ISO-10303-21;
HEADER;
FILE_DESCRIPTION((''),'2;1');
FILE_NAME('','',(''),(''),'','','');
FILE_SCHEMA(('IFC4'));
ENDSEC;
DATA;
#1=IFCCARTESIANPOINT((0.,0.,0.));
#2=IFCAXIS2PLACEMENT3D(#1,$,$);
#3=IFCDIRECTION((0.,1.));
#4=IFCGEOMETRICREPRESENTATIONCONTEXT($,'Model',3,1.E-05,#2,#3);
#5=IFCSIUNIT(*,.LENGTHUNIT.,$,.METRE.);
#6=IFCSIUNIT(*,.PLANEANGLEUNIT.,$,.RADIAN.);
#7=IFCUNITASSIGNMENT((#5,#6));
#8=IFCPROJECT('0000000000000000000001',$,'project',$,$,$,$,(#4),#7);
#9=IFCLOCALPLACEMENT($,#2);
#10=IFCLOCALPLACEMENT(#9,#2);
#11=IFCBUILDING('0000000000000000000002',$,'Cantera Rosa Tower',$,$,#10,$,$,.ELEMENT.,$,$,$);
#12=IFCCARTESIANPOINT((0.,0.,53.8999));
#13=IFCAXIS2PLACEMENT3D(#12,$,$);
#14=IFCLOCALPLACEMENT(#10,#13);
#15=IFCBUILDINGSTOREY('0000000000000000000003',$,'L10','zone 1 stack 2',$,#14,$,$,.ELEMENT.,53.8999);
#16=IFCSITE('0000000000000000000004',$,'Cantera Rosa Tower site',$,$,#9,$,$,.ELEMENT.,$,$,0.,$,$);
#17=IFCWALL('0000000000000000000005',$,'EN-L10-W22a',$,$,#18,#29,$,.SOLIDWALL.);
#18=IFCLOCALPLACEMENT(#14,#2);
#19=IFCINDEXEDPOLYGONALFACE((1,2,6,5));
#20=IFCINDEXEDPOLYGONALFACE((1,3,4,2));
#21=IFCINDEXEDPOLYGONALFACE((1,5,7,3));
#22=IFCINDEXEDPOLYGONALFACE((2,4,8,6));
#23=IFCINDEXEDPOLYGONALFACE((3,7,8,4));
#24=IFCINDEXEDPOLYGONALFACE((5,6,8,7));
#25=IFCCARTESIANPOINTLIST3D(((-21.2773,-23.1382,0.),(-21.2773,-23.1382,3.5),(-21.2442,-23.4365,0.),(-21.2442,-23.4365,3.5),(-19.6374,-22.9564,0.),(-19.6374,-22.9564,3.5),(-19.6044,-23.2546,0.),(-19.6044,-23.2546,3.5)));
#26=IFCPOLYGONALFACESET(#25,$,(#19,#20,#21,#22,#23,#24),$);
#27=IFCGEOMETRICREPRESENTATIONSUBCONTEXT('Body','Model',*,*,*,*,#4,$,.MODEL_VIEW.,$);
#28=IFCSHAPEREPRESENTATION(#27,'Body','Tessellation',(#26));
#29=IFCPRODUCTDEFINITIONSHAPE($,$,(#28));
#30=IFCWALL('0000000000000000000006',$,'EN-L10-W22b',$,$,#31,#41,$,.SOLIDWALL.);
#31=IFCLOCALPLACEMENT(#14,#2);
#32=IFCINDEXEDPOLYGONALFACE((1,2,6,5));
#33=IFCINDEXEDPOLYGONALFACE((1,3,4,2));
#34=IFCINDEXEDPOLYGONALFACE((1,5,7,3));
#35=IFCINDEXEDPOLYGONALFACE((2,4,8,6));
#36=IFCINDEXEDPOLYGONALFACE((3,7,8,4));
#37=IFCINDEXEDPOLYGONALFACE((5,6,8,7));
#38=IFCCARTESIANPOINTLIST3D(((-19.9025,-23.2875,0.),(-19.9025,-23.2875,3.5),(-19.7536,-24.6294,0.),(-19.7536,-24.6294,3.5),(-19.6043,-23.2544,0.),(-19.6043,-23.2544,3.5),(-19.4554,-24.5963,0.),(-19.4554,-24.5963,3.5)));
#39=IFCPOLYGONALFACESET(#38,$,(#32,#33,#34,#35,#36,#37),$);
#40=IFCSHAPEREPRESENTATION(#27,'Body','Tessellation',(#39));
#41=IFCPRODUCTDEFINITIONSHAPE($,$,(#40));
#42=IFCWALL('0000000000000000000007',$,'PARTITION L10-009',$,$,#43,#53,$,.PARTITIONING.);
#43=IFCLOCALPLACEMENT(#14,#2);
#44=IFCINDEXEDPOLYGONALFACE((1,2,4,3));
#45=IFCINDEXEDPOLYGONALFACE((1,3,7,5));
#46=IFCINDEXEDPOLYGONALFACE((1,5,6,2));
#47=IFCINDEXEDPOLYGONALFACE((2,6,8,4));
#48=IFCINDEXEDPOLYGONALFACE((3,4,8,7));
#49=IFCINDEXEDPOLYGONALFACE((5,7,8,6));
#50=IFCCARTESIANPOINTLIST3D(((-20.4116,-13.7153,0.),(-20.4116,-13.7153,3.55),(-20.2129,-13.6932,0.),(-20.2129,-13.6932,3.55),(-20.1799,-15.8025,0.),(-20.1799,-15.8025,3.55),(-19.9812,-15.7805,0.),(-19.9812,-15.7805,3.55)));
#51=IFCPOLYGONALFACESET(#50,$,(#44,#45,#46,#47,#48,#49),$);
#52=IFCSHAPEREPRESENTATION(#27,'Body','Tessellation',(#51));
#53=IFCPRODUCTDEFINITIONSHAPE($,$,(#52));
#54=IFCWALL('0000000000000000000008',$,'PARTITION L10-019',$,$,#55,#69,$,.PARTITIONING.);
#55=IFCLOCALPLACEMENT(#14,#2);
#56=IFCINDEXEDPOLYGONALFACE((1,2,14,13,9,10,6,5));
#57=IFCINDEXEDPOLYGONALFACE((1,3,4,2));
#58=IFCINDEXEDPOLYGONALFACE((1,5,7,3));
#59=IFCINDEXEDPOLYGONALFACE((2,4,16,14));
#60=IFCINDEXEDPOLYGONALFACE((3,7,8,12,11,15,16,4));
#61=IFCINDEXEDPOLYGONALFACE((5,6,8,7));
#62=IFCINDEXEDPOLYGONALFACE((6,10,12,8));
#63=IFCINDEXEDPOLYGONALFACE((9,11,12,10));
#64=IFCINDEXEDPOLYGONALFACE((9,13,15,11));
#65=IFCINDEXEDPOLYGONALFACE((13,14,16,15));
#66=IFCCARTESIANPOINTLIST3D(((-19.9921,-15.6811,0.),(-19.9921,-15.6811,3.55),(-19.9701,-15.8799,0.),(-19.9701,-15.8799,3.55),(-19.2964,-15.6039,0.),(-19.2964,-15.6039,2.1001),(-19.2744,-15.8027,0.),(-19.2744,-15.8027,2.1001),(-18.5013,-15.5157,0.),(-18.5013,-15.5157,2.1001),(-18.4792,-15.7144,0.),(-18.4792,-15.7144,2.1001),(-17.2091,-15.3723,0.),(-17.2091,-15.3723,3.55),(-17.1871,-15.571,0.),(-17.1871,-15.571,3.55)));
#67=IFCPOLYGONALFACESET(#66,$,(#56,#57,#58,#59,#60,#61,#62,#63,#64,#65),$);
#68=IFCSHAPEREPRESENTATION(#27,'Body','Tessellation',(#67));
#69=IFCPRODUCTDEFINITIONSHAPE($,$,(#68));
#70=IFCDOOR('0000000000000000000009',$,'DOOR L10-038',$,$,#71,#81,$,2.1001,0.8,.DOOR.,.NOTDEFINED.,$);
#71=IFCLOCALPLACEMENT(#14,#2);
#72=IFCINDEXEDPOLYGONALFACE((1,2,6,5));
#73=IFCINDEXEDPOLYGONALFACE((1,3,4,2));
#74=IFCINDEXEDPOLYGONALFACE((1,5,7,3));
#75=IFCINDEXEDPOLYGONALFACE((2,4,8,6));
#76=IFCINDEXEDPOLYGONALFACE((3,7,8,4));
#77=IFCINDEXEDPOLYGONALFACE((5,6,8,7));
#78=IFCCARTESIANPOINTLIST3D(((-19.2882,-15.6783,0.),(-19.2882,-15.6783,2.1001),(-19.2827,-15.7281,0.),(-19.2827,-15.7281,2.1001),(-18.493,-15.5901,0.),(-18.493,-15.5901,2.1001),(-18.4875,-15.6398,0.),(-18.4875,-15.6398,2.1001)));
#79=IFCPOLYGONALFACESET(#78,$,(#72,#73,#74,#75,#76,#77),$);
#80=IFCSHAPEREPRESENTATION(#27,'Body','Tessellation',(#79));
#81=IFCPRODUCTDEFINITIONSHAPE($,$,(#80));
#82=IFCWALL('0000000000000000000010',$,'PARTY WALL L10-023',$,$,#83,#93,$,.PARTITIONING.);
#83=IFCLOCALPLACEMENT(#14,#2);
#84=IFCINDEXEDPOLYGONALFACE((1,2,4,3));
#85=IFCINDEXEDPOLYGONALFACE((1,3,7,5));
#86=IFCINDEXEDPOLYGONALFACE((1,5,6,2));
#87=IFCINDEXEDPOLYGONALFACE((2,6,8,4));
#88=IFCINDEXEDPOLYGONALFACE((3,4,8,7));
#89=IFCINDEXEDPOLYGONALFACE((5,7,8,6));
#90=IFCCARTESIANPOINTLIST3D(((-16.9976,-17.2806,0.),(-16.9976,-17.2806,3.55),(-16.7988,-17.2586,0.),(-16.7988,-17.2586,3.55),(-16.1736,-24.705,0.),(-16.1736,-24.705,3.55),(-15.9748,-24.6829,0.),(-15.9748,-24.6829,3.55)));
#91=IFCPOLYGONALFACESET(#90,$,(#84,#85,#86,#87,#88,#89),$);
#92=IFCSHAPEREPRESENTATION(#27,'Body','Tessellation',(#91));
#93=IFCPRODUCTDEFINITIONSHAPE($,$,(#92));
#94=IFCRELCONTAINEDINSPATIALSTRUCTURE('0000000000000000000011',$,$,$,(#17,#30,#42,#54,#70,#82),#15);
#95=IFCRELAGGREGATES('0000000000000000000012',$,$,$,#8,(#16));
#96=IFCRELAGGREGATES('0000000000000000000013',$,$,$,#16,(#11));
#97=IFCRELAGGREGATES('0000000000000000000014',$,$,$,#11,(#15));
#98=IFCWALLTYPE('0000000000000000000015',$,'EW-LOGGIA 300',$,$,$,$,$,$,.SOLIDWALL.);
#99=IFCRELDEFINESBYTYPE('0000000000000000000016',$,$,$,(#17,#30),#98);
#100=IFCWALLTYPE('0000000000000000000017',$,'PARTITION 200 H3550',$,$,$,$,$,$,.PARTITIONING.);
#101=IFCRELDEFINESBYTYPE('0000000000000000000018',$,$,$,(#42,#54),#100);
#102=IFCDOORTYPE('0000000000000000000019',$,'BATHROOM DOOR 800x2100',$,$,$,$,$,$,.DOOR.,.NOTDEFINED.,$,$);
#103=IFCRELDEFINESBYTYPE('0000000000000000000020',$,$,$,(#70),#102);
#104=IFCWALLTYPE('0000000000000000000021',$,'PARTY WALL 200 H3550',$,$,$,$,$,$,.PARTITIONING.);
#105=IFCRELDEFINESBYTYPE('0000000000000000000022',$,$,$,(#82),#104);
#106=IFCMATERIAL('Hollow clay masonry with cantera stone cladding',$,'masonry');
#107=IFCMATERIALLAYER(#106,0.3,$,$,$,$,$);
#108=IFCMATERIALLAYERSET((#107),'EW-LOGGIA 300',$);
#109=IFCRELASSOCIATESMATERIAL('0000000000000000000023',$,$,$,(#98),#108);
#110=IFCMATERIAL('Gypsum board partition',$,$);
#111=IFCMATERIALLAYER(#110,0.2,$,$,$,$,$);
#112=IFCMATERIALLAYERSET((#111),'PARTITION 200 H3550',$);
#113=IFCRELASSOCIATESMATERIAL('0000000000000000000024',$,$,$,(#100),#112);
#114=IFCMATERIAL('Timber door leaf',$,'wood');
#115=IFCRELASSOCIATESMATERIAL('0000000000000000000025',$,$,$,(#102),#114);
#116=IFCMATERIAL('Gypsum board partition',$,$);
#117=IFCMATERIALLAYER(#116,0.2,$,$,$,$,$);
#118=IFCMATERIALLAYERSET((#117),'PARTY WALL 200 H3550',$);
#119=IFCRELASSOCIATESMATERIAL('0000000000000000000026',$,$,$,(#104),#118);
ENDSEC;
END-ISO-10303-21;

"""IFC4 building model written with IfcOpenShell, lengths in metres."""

from ifc_helpers import new_model, si_unit, direction, frame, frame_2d, origin, place, context, subcontext, project, spatial, rectangle, extrude, material, layer, layer_set, type_object, element, fill, save


model = new_model("IFC4")

# Units and contexts
model_context = context("Model", 3, precision=1e-05, world=origin(), true_north=direction((0.0, 1.0)))
body_context = subcontext(model_context, "Body", "Model", "MODEL_VIEW")
ifc_project = project(units=[si_unit("LENGTHUNIT", "METRE"), si_unit("PLANEANGLEUNIT", "RADIAN")], contexts=[model_context])

# Site, building, storey
site_placement = place(None, origin())
site = spatial("IfcSite", under=ifc_project, at=site_placement, Name="Cantera Rosa Tower site", CompositionType="ELEMENT", RefElevation=0.0)
building_placement = place(site_placement, origin())
building = spatial("IfcBuilding", under=site, at=building_placement, Name="Cantera Rosa Tower", CompositionType="ELEMENT")
storey_placement = place(building_placement, frame((0.0, 0.0, 53.8999)))
storey = spatial("IfcBuildingStorey", under=building, at=storey_placement, Name="L10", Description="zone 1 stack 2", CompositionType="ELEMENT", Elevation=53.8999)

# Walls
ifc_material_1 = material(Name="Hollow clay masonry with cantera stone cladding", Category="masonry")
ifc_layer_1 = layer(ifc_material_1, 0.3)
ifc_layer_set_1 = layer_set([ifc_layer_1], Name="EW-LOGGIA 300")
wall_type_1 = type_object("IfcWallType", Name="EW-LOGGIA 300", PredefinedType="SOLIDWALL", material=ifc_layer_set_1)
wall_1_placement = place(storey_placement, frame((-21.2607, -23.2874, 0.0), z_axis=(0.0, 0.0, 1.0), x_axis=(0.993905, 0.110237, 0.0)))
element("IfcWall", 1, at=wall_1_placement, inside=storey, type_object=wall_type_1, Name="EN-L10-W22a", PredefinedType="SOLIDWALL", context=body_context, shape_type="SweptSolid", body=[
    extrude(rectangle(XDim=1.6499, YDim=0.3, at=frame_2d((0.825, 0.0))), origin(), (0.0, 0.0, 1.0), 3.5),
])
wall_2_placement = place(storey_placement, frame((-19.7534, -23.271, 0.0), z_axis=(0.0, 0.0, 1.0), x_axis=(0.110312, -0.993897, 0.0)))
element("IfcWall", 2, at=wall_2_placement, inside=storey, type_object=wall_type_1, Name="EN-L10-W22b", PredefinedType="SOLIDWALL", context=body_context, shape_type="SweptSolid", body=[
    extrude(rectangle(XDim=1.3501, YDim=0.3, at=frame_2d((0.675, 0.0))), origin(), (0.0, 0.0, 1.0), 3.5),
])

# Wall
ifc_material_2 = material(Name="Gypsum board partition")
ifc_layer_2 = layer(ifc_material_2, 0.2)
ifc_layer_set_2 = layer_set([ifc_layer_2], Name="PARTITION 200 H3550")
wall_type_2 = type_object("IfcWallType", Name="PARTITION 200 H3550", PredefinedType="PARTITIONING", material=ifc_layer_set_2)
wall_3_placement = place(storey_placement, frame((-20.0806, -15.7915, 0.0), z_axis=(0.0, 0.0, 1.0), x_axis=(-0.110329, 0.993895, 0.0)))
element("IfcWall", 3, at=wall_3_placement, inside=storey, type_object=wall_type_2, Name="PARTITION L10-009", PredefinedType="PARTITIONING", context=body_context, shape_type="SweptSolid", body=[
    extrude(rectangle(XDim=2.1001, YDim=0.2, at=frame_2d((1.05, 0.0))), origin(), (0.0, 0.0, 1.0), 3.55),
])

# Wall, opening, door
wall_4_placement = place(storey_placement, frame((-17.1982, -15.4717, 0.0), z_axis=(0.0, 0.0, 1.0), x_axis=(-0.993899, -0.110298, 0.0)))
wall_4 = element("IfcWall", 4, at=wall_4_placement, inside=storey, type_object=wall_type_2, Name="PARTITION L10-019", PredefinedType="PARTITIONING", context=body_context, shape_type="SweptSolid", body=[
    extrude(rectangle(XDim=2.8, YDim=0.2, at=frame_2d((1.3999, 0.0))), origin(), (0.0, 0.0, 1.0), 3.55),
])
opening_1_placement = place(wall_4_placement, frame((1.3, 0.0, 0.0)))
opening_1 = element("IfcOpeningElement", 5, at=opening_1_placement, cuts=wall_4, PredefinedType="OPENING", context=body_context, shape_type="SweptSolid", body=[
    extrude(rectangle(XDim=0.8, YDim=2.1001, at=frame_2d((0.3999, 1.05))), frame((0.0, 0.1099, 0.0), z_axis=(0.0, -1.0, 0.0), x_axis=(1.0, 0.0, 0.0)), (0.0, 0.0, 1.0), 0.22),
])
ifc_material_3 = material(Name="Timber door leaf", Category="wood")
door_type_1 = type_object("IfcDoorType", Name="BATHROOM DOOR 800x2100", OperationType="NOTDEFINED", PredefinedType="DOOR", material=ifc_material_3)
door_1_placement = place(opening_1_placement, origin())
door_1 = element("IfcDoor", 6, at=door_1_placement, inside=storey, type_object=door_type_1, Name="DOOR L10-038", OperationType="NOTDEFINED", OverallHeight=2.1001, OverallWidth=0.8, PredefinedType="DOOR", context=body_context, shape_type="SweptSolid", body=[
    extrude(rectangle(XDim=0.8, YDim=2.1001, at=frame_2d((0.3999, 1.05))), frame((0.0, 0.0249, 0.0), z_axis=(0.0, -1.0, 0.0), x_axis=(1.0, 0.0, 0.0)), (0.0, 0.0, 1.0), 0.05),
])
fill(opening_1, door_1)

# Wall
ifc_material_4 = material(Name="Gypsum board partition")
ifc_layer_3 = layer(ifc_material_4, 0.2)
ifc_layer_set_3 = layer_set([ifc_layer_3], Name="PARTY WALL 200 H3550")
wall_type_3 = type_object("IfcWallType", Name="PARTY WALL 200 H3550", PredefinedType="PARTITIONING", material=ifc_layer_set_3)
wall_5_placement = place(storey_placement, frame((-16.0742, -24.6938, 0.0), z_axis=(0.0, 0.0, 1.0), x_axis=(-0.110306, 0.993898, 0.0)))
element("IfcWall", 7, at=wall_5_placement, inside=storey, type_object=wall_type_3, Name="PARTY WALL L10-023", PredefinedType="PARTITIONING", context=body_context, shape_type="SweptSolid", body=[
    extrude(rectangle(XDim=7.47, YDim=0.2, at=frame_2d((3.7349, 0.0))), origin(), (0.0, 0.0, 1.0), 3.55),
])

save(model, "model.ifc")
